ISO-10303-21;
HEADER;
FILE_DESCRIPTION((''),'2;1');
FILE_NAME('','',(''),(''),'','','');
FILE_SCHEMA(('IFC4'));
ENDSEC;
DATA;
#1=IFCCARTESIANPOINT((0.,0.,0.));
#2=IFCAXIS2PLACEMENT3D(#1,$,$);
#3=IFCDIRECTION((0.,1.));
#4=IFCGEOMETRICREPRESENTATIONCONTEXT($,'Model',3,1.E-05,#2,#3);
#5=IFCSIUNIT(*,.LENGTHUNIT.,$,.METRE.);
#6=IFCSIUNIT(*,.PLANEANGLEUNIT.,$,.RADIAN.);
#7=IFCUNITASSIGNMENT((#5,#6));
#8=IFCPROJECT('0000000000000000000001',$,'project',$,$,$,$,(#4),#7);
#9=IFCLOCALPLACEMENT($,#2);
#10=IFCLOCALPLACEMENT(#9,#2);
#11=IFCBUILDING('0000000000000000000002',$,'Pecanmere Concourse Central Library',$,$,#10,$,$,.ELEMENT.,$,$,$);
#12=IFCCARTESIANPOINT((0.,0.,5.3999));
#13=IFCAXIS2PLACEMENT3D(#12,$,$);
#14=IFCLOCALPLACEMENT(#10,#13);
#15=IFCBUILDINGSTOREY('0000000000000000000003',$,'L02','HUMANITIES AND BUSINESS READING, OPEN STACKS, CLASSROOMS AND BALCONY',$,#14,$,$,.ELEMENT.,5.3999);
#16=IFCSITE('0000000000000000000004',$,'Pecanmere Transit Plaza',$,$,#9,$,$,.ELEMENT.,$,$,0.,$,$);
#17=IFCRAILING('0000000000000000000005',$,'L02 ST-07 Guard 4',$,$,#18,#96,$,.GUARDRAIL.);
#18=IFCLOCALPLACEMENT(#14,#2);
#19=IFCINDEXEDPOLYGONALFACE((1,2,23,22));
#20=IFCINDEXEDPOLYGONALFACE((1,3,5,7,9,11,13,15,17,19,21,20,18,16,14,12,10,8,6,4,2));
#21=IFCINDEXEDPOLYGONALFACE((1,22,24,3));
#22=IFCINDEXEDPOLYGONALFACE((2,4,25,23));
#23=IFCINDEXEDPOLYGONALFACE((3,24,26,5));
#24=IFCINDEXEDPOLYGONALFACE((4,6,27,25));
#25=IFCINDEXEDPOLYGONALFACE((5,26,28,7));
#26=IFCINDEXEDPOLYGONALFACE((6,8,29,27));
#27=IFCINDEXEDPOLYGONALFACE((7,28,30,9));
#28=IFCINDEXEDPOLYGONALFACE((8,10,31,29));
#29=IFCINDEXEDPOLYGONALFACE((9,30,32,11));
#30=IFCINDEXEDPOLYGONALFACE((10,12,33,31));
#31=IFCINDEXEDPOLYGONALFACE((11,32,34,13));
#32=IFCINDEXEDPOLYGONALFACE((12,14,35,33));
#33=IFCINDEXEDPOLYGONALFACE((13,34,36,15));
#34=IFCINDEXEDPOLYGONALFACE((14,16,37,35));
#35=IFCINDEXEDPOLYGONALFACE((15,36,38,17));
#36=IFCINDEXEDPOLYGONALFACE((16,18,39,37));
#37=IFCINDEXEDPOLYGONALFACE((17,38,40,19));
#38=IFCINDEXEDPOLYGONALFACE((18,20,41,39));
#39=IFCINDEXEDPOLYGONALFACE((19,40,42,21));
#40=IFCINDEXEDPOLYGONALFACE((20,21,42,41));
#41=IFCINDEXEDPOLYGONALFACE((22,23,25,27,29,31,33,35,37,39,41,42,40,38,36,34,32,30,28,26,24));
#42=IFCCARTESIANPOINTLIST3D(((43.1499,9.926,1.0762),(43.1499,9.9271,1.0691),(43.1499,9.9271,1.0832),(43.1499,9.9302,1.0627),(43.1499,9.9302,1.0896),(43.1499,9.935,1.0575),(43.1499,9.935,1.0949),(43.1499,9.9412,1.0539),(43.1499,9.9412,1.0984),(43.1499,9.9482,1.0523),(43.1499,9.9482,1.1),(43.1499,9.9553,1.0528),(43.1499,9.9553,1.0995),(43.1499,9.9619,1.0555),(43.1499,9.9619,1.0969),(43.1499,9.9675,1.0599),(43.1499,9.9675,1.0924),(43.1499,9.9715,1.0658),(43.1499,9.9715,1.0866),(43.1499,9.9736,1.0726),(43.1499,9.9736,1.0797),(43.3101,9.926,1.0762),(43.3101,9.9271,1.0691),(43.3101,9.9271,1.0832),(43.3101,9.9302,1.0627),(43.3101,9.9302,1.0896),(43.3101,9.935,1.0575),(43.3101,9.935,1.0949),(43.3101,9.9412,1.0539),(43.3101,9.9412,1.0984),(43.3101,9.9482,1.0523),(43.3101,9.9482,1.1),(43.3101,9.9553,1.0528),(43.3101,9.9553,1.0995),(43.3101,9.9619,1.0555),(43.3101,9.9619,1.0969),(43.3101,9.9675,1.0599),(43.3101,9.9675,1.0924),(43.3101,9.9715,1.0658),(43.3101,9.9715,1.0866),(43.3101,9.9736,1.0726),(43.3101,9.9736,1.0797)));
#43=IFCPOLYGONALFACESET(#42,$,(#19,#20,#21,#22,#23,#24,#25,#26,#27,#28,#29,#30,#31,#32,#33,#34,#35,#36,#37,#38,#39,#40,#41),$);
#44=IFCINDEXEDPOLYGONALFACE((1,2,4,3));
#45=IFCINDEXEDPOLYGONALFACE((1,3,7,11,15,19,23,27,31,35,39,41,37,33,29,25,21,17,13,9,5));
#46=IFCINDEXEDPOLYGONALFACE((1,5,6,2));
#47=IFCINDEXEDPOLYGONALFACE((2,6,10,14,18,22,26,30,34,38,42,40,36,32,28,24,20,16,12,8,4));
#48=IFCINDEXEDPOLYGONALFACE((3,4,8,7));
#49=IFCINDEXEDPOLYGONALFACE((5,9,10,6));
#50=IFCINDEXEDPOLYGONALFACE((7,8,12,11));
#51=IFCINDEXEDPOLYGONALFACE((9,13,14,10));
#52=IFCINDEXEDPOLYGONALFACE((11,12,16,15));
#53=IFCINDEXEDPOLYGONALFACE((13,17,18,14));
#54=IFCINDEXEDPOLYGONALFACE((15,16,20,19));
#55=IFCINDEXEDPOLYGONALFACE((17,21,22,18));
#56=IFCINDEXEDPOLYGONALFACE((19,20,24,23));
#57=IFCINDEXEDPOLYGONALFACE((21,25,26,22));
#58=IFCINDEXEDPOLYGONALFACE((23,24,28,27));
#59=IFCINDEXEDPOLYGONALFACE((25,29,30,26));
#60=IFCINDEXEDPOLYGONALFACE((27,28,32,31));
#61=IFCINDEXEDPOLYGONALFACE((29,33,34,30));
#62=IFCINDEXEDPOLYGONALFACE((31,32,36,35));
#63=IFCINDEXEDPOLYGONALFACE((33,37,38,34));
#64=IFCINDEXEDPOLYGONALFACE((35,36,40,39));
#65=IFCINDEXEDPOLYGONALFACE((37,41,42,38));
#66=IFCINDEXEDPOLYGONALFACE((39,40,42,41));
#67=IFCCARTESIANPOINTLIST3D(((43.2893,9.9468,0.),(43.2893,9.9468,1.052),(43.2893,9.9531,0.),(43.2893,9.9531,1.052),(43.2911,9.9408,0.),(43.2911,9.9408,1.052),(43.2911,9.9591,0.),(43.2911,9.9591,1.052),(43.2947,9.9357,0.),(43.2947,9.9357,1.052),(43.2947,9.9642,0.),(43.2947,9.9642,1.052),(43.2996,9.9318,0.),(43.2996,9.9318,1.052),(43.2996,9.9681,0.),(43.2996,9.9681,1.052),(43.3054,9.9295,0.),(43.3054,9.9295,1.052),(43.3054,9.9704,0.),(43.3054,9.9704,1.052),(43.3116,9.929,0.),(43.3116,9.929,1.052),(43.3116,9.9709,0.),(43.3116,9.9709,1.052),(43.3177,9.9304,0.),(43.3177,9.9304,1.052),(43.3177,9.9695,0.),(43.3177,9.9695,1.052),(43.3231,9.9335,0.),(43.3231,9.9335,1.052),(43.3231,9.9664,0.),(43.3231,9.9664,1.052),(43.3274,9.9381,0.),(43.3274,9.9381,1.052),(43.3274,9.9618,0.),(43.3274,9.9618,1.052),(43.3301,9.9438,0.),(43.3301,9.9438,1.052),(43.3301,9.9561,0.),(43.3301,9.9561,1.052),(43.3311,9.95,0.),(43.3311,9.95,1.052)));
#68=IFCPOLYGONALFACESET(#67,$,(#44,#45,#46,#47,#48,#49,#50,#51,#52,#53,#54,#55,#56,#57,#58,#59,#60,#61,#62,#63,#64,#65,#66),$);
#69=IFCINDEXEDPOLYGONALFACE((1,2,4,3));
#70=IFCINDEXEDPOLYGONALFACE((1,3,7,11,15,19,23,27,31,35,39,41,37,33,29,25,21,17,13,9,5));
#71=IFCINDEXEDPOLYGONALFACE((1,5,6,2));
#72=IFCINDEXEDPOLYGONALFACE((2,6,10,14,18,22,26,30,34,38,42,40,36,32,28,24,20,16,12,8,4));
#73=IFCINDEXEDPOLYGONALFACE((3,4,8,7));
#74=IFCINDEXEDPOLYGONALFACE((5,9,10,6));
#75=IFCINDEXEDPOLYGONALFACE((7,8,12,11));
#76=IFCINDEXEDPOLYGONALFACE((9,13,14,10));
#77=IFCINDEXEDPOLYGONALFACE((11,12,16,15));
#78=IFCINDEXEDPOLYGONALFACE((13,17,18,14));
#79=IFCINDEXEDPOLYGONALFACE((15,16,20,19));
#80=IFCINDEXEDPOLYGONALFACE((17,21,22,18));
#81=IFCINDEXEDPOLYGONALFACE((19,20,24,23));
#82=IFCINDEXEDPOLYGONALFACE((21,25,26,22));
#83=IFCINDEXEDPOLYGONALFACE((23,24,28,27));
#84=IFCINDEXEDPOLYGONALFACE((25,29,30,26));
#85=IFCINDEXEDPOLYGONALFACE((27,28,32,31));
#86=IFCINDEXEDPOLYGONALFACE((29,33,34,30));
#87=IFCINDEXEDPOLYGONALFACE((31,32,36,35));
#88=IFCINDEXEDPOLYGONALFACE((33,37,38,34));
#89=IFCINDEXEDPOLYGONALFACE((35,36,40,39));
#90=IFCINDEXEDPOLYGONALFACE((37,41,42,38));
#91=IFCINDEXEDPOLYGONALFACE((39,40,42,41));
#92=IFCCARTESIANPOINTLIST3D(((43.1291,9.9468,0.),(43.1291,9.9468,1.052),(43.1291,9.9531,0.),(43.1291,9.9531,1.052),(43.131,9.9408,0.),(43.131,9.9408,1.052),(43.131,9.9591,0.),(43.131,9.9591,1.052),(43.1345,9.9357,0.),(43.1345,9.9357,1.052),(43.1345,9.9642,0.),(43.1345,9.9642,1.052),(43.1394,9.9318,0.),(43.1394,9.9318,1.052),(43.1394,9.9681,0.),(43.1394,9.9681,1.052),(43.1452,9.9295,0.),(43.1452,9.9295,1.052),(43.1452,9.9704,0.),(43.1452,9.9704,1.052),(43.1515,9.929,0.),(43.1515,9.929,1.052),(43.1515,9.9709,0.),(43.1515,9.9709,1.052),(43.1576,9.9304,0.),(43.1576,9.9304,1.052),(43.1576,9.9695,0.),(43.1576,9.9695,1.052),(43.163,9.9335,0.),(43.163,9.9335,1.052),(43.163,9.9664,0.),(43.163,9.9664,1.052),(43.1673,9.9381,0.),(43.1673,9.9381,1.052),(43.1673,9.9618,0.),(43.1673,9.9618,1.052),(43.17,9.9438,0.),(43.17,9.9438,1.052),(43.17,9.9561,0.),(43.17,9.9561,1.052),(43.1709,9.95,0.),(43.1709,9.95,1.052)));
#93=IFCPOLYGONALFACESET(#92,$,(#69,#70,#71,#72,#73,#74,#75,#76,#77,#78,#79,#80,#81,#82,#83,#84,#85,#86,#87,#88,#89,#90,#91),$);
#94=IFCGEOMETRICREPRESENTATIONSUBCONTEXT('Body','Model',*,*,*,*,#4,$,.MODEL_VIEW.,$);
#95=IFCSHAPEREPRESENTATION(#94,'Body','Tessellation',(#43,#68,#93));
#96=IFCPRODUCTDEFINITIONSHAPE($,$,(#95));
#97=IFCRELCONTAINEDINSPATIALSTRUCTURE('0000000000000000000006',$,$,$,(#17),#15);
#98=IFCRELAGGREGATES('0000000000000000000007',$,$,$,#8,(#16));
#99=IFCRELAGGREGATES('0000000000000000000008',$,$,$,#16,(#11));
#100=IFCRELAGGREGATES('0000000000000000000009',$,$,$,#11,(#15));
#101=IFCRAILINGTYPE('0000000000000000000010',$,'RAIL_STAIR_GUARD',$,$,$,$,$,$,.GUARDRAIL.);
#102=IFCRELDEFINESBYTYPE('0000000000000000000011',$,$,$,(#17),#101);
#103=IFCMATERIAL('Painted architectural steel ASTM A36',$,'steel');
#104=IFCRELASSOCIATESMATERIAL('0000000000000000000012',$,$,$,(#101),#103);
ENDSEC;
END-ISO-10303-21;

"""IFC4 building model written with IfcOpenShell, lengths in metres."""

from ifc_helpers import new_model, si_unit, direction, frame, origin, origin_2d, place, context, subcontext, project, spatial, circle, extrude, material, type_object, element, save


model = new_model("IFC4")

# Units and contexts
model_context = context("Model", 3, precision=1e-05, world=origin(), true_north=direction((0.0, 1.0)))
body_context = subcontext(model_context, "Body", "Model", "MODEL_VIEW")
ifc_project = project(units=[si_unit("LENGTHUNIT", "METRE"), si_unit("PLANEANGLEUNIT", "RADIAN")], contexts=[model_context])

# Site, building, storey
site_placement = place(None, origin())
site = spatial("IfcSite", under=ifc_project, at=site_placement, Name="Pecanmere Transit Plaza", CompositionType="ELEMENT", RefElevation=0.0)
building_placement = place(site_placement, origin())
building = spatial("IfcBuilding", under=site, at=building_placement, Name="Pecanmere Concourse Central Library", CompositionType="ELEMENT")
storey_placement = place(building_placement, frame((0.0, 0.0, 5.3999)))
storey = spatial("IfcBuildingStorey", under=building, at=storey_placement, Name="L02", Description="HUMANITIES AND BUSINESS READING, OPEN STACKS, CLASSROOMS AND BALCONY", CompositionType="ELEMENT", Elevation=5.3999)

# Railing
ifc_material_1 = material(Name="Painted architectural steel ASTM A36", Category="steel")
railing_type_1 = type_object("IfcRailingType", Name="RAIL_STAIR_GUARD", PredefinedType="GUARDRAIL", material=ifc_material_1)
railing_1_placement = place(storey_placement, frame((43.3101, 9.95, 0.0)))
element("IfcRailing", 1, at=railing_1_placement, inside=storey, type_object=railing_type_1, Name="L02 ST-07 Guard 4", PredefinedType="GUARDRAIL", context=body_context, shape_type="SweptSolid", body=[
    extrude(circle(Radius=0.0239, at=origin_2d()), frame((0.0, 0.0, 1.0762), z_axis=(-1.0, 0.0, 0.0), x_axis=(0.0, -1.0, 0.0)), (0.0, 0.0, 1.0), 0.1602),
    extrude(circle(Radius=0.021, at=origin_2d()), origin(), (0.0, 0.0, 1.0), 1.052),
    extrude(circle(Radius=0.021, at=origin_2d()), frame((-0.1602, 0.0, 0.0)), (0.0, 0.0, 1.0), 1.052),
])

save(model, "model.ifc")
